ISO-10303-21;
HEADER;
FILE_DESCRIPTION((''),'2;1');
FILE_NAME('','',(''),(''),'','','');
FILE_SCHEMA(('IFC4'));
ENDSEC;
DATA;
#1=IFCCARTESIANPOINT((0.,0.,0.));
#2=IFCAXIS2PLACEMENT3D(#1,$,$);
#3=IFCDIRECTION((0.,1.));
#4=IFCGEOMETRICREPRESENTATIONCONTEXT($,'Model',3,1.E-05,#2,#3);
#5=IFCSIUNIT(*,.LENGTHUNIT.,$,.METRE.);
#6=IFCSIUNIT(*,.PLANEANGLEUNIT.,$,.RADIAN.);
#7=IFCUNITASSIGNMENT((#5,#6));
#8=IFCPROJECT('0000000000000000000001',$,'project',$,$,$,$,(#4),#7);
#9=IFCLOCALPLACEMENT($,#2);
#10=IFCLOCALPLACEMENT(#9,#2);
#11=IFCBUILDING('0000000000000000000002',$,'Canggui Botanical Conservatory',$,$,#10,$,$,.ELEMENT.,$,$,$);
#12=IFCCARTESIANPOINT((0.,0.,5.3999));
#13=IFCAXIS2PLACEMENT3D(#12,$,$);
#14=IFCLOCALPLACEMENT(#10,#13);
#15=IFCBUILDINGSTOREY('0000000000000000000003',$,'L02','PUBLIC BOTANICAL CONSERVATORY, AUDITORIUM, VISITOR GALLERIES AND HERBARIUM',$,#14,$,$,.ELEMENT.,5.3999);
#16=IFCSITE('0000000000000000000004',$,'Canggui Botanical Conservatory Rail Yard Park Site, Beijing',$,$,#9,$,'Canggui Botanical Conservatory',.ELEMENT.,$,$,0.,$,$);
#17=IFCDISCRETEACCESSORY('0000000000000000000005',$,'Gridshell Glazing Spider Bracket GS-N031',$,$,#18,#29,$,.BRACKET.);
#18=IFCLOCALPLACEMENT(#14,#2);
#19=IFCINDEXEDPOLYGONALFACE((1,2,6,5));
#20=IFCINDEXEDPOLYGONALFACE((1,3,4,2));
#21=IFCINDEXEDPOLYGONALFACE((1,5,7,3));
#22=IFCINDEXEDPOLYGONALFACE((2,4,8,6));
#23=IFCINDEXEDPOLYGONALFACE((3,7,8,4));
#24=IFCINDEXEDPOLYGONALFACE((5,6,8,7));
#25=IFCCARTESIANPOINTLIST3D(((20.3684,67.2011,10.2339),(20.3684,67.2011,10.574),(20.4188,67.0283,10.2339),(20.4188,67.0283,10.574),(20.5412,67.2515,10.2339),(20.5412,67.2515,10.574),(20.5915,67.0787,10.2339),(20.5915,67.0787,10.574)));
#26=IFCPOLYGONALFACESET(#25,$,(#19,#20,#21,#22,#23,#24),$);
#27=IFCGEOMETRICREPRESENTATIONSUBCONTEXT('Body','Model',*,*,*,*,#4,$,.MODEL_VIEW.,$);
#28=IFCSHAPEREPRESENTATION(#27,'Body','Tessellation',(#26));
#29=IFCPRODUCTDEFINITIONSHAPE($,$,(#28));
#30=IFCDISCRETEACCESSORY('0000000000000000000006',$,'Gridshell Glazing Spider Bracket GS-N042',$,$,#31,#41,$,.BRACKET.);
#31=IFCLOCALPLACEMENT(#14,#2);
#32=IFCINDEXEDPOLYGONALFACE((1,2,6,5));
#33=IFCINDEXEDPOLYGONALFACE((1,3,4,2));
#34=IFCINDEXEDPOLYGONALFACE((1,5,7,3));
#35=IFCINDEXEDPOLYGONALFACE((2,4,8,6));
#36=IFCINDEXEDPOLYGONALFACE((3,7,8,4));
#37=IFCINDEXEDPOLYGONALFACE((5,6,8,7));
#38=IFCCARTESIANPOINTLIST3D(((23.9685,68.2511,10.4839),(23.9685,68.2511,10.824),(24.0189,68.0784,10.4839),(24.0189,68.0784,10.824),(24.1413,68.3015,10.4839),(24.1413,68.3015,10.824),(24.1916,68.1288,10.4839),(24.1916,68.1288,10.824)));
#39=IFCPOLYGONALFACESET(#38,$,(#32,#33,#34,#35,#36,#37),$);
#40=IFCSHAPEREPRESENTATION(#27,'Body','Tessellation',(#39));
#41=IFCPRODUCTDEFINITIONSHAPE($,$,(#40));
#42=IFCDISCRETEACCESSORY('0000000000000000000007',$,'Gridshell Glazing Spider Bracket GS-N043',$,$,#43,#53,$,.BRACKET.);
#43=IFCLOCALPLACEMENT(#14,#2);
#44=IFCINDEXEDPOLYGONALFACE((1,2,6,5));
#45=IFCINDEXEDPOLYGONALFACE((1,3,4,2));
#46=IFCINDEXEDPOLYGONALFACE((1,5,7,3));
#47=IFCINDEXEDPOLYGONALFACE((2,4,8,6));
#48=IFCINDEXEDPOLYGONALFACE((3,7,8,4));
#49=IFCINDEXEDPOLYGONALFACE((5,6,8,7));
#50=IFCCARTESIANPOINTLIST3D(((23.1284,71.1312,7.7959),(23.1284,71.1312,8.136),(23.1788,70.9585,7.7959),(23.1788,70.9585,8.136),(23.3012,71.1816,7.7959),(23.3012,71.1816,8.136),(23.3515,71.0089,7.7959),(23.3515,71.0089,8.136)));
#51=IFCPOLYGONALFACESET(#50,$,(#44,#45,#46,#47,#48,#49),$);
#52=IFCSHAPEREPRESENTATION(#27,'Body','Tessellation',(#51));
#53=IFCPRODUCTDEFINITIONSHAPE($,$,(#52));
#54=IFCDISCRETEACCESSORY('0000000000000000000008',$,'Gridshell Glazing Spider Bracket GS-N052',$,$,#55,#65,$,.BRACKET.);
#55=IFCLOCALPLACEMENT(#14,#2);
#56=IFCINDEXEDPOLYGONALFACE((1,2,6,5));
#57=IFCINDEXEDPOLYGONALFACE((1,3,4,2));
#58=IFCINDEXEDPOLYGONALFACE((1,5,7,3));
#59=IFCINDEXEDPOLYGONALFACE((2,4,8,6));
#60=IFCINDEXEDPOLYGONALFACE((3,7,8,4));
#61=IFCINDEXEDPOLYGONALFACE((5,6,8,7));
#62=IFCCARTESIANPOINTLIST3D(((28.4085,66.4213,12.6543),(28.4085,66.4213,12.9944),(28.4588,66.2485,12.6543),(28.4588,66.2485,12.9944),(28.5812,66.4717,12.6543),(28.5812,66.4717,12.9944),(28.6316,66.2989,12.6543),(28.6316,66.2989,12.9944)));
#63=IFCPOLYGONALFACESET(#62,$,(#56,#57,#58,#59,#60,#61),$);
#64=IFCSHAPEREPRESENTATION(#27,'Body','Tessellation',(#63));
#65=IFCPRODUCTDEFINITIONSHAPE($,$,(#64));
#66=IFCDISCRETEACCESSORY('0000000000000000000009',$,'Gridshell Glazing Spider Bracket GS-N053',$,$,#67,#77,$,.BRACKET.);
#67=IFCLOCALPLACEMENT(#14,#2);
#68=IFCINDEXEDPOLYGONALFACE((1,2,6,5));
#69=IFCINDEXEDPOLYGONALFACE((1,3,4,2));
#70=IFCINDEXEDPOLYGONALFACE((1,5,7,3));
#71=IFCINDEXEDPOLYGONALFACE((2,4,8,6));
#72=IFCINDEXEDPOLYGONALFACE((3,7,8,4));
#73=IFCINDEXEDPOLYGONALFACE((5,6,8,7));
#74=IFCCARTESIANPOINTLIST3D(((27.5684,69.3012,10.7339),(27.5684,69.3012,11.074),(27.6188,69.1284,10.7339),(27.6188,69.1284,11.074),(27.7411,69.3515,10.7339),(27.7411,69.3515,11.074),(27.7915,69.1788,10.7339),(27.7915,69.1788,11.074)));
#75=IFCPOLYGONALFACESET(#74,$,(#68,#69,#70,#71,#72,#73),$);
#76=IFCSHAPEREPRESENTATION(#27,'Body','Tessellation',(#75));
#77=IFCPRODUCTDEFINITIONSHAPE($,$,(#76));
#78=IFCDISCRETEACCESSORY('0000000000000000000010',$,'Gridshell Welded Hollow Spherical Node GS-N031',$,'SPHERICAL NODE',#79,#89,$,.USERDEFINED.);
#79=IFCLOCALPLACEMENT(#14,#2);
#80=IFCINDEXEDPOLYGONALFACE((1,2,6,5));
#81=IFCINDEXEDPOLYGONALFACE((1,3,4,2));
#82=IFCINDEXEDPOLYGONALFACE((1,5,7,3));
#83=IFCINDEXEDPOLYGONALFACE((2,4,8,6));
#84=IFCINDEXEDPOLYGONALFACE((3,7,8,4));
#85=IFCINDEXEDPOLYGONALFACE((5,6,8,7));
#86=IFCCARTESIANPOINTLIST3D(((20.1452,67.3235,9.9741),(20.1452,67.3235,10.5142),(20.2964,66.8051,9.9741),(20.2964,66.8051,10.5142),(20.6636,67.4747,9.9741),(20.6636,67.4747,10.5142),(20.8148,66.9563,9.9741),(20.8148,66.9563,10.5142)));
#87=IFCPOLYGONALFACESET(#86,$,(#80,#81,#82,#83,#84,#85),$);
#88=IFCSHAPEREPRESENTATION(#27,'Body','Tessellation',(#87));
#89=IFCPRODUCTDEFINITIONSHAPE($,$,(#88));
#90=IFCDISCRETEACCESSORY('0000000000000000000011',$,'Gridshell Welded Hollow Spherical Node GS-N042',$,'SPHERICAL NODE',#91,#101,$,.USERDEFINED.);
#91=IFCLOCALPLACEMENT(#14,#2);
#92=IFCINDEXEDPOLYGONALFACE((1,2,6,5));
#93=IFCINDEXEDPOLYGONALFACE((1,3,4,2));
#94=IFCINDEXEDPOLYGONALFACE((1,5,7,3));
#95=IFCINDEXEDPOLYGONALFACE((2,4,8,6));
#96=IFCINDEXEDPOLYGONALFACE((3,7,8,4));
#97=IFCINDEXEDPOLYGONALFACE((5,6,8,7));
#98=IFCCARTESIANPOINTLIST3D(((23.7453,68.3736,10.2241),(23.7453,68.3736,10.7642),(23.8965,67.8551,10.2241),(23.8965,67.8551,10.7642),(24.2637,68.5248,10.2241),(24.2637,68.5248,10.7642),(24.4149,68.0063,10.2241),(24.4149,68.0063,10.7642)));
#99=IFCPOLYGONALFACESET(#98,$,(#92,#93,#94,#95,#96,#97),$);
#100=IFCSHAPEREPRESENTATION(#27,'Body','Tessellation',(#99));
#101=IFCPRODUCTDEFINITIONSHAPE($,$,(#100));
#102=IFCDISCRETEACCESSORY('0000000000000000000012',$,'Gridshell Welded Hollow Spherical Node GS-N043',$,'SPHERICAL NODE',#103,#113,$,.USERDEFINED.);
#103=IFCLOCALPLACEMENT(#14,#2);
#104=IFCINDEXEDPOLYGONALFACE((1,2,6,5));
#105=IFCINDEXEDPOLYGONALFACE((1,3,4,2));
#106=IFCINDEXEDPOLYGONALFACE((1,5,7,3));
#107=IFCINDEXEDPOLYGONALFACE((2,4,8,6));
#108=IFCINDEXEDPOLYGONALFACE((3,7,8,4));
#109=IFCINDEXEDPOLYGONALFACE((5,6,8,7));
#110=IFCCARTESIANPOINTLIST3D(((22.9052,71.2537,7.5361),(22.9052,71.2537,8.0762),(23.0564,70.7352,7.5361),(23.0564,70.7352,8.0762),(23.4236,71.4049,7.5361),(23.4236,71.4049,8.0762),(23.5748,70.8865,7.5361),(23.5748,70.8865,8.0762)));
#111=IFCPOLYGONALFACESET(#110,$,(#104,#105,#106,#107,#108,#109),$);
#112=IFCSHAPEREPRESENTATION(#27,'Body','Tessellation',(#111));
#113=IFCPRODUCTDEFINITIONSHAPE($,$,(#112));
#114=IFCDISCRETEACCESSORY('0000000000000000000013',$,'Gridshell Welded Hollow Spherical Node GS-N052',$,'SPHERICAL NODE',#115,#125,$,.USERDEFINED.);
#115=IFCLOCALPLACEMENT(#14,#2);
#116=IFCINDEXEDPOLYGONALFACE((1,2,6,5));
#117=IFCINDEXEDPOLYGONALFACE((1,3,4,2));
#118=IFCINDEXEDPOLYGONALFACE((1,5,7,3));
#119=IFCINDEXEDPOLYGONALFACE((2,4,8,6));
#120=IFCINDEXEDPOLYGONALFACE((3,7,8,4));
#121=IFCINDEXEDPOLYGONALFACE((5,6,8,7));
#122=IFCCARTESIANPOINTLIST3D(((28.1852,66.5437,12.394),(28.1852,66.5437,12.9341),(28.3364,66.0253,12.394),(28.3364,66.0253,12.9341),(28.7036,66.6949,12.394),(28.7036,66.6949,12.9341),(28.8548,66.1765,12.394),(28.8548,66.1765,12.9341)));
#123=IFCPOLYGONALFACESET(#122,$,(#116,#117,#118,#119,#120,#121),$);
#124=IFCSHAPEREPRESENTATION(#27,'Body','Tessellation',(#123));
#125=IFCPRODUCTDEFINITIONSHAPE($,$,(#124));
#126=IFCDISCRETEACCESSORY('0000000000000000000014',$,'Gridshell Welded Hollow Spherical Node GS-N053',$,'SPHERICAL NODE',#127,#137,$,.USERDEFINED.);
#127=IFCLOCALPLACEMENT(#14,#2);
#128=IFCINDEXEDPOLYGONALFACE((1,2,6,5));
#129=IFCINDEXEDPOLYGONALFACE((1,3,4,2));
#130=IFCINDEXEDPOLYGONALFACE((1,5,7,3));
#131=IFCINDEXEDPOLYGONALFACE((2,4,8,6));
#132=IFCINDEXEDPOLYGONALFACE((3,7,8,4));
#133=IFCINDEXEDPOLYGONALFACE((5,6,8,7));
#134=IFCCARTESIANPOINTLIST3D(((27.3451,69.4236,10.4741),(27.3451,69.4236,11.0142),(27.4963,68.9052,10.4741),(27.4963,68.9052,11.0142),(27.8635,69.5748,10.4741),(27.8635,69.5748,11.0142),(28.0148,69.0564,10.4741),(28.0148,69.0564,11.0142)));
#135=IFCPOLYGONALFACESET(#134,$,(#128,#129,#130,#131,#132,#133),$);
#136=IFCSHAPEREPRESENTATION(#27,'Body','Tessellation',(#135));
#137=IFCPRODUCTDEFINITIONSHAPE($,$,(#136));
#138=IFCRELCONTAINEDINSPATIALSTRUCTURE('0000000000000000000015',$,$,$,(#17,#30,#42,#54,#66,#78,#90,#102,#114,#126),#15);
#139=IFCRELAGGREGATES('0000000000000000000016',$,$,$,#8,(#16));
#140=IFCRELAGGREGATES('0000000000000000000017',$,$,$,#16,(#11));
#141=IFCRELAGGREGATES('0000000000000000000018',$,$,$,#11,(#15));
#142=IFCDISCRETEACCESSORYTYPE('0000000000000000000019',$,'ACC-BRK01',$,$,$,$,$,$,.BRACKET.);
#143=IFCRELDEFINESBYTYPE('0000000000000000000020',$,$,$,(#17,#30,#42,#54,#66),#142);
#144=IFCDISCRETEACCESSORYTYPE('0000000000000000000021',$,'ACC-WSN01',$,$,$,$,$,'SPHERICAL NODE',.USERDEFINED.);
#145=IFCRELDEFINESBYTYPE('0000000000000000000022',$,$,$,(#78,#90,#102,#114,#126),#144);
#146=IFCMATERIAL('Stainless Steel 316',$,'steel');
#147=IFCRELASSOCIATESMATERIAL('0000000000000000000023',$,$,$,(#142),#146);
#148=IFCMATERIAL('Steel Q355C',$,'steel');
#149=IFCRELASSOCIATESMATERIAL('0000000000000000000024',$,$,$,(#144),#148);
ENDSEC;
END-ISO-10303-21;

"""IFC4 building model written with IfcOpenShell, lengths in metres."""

from ifc_helpers import new_model, si_unit, direction, frame, origin, origin_2d, place, context, subcontext, project, spatial, rectangle, extrude, material, type_object, element, save


model = new_model("IFC4")

# Units and contexts
model_context = context("Model", 3, precision=1e-05, world=origin(), true_north=direction((0.0, 1.0)))
body_context = subcontext(model_context, "Body", "Model", "MODEL_VIEW")
ifc_project = project(units=[si_unit("LENGTHUNIT", "METRE"), si_unit("PLANEANGLEUNIT", "RADIAN")], contexts=[model_context])

# Site, building, storey
site_placement = place(None, origin())
site = spatial("IfcSite", under=ifc_project, at=site_placement, Name="Canggui Botanical Conservatory Rail Yard Park Site, Beijing", LongName="Canggui Botanical Conservatory", CompositionType="ELEMENT", RefElevation=0.0)
building_placement = place(site_placement, origin())
building = spatial("IfcBuilding", under=site, at=building_placement, Name="Canggui Botanical Conservatory", CompositionType="ELEMENT")
storey_placement = place(building_placement, frame((0.0, 0.0, 5.3999)))
storey = spatial("IfcBuildingStorey", under=building, at=storey_placement, Name="L02", Description="PUBLIC BOTANICAL CONSERVATORY, AUDITORIUM, VISITOR GALLERIES AND HERBARIUM", CompositionType="ELEMENT", Elevation=5.3999)

# Shared definitions
ifc_material_1 = material(Name="Steel Q355C", Category="steel")

# Discrete accessories
ifc_material_2 = material(Name="Stainless Steel 316", Category="steel")
discrete_accessory_type_1 = type_object("IfcDiscreteAccessoryType", Name="ACC-BRK01", PredefinedType="BRACKET", material=ifc_material_2)
for number, where, z_axis, x_axis, name in (
    (1, (20.48, 67.1399, 10.2339), (0.0, 0.0, 1.0), (0.96, 0.28, 0.0), "Gridshell Glazing Spider Bracket GS-N031"),
    (2, (24.0801, 68.1899, 10.4839), (0.0, 0.0, 1.0), (0.96, 0.28, 0.0), "Gridshell Glazing Spider Bracket GS-N042"),
    (3, (23.24, 71.0701, 7.7959), (0.0, 0.0, 1.0), (0.96, 0.28, 0.0), "Gridshell Glazing Spider Bracket GS-N043"),
    (4, (28.52, 66.3601, 12.6543), (0.0, 0.0, 1.0), (0.96, 0.28, 0.0), "Gridshell Glazing Spider Bracket GS-N052"),
    (5, (27.6799, 69.24, 10.7339), (0.0, 0.0, 1.0), (0.96, 0.28, 0.0), "Gridshell Glazing Spider Bracket GS-N053"),
):
    element("IfcDiscreteAccessory", number, at=place(storey_placement, frame(where, z_axis=z_axis, x_axis=x_axis)), inside=storey, type_object=discrete_accessory_type_1, Name=name, PredefinedType="BRACKET", context=body_context, shape_type="SweptSolid", body=[
        extrude(rectangle(XDim=0.1799, YDim=0.1799, at=origin_2d()), origin(), (0.0, 0.0, 1.0), 0.3401),
    ])
discrete_accessory_type_2 = type_object("IfcDiscreteAccessoryType", Name="ACC-WSN01", ElementType="SPHERICAL NODE", PredefinedType="USERDEFINED", material=ifc_material_1)
for number, where, z_axis, x_axis, name in (
    (6, (20.48, 67.1399, 9.9741), (0.0, 0.0, 1.0), (0.96, 0.28, 0.0), "Gridshell Welded Hollow Spherical Node GS-N031"),
    (7, (24.0801, 68.1899, 10.2241), (0.0, 0.0, 1.0), (0.96, 0.28, 0.0), "Gridshell Welded Hollow Spherical Node GS-N042"),
    (8, (23.24, 71.0701, 7.5361), (0.0, 0.0, 1.0), (0.96, 0.28, 0.0), "Gridshell Welded Hollow Spherical Node GS-N043"),
    (9, (28.52, 66.3601, 12.394), (0.0, 0.0, 1.0), (0.96, 0.28, 0.0), "Gridshell Welded Hollow Spherical Node GS-N052"),
    (10, (27.6799, 69.24, 10.4741), (0.0, 0.0, 1.0), (0.96, 0.28, 0.0), "Gridshell Welded Hollow Spherical Node GS-N053"),
):
    element("IfcDiscreteAccessory", number, at=place(storey_placement, frame(where, z_axis=z_axis, x_axis=x_axis)), inside=storey, type_object=discrete_accessory_type_2, Name=name, ObjectType="SPHERICAL NODE", PredefinedType="USERDEFINED", context=body_context, shape_type="SweptSolid", body=[
        extrude(rectangle(XDim=0.54, YDim=0.54, at=origin_2d()), origin(), (0.0, 0.0, 1.0), 0.54),
    ])

save(model, "model.ifc")
